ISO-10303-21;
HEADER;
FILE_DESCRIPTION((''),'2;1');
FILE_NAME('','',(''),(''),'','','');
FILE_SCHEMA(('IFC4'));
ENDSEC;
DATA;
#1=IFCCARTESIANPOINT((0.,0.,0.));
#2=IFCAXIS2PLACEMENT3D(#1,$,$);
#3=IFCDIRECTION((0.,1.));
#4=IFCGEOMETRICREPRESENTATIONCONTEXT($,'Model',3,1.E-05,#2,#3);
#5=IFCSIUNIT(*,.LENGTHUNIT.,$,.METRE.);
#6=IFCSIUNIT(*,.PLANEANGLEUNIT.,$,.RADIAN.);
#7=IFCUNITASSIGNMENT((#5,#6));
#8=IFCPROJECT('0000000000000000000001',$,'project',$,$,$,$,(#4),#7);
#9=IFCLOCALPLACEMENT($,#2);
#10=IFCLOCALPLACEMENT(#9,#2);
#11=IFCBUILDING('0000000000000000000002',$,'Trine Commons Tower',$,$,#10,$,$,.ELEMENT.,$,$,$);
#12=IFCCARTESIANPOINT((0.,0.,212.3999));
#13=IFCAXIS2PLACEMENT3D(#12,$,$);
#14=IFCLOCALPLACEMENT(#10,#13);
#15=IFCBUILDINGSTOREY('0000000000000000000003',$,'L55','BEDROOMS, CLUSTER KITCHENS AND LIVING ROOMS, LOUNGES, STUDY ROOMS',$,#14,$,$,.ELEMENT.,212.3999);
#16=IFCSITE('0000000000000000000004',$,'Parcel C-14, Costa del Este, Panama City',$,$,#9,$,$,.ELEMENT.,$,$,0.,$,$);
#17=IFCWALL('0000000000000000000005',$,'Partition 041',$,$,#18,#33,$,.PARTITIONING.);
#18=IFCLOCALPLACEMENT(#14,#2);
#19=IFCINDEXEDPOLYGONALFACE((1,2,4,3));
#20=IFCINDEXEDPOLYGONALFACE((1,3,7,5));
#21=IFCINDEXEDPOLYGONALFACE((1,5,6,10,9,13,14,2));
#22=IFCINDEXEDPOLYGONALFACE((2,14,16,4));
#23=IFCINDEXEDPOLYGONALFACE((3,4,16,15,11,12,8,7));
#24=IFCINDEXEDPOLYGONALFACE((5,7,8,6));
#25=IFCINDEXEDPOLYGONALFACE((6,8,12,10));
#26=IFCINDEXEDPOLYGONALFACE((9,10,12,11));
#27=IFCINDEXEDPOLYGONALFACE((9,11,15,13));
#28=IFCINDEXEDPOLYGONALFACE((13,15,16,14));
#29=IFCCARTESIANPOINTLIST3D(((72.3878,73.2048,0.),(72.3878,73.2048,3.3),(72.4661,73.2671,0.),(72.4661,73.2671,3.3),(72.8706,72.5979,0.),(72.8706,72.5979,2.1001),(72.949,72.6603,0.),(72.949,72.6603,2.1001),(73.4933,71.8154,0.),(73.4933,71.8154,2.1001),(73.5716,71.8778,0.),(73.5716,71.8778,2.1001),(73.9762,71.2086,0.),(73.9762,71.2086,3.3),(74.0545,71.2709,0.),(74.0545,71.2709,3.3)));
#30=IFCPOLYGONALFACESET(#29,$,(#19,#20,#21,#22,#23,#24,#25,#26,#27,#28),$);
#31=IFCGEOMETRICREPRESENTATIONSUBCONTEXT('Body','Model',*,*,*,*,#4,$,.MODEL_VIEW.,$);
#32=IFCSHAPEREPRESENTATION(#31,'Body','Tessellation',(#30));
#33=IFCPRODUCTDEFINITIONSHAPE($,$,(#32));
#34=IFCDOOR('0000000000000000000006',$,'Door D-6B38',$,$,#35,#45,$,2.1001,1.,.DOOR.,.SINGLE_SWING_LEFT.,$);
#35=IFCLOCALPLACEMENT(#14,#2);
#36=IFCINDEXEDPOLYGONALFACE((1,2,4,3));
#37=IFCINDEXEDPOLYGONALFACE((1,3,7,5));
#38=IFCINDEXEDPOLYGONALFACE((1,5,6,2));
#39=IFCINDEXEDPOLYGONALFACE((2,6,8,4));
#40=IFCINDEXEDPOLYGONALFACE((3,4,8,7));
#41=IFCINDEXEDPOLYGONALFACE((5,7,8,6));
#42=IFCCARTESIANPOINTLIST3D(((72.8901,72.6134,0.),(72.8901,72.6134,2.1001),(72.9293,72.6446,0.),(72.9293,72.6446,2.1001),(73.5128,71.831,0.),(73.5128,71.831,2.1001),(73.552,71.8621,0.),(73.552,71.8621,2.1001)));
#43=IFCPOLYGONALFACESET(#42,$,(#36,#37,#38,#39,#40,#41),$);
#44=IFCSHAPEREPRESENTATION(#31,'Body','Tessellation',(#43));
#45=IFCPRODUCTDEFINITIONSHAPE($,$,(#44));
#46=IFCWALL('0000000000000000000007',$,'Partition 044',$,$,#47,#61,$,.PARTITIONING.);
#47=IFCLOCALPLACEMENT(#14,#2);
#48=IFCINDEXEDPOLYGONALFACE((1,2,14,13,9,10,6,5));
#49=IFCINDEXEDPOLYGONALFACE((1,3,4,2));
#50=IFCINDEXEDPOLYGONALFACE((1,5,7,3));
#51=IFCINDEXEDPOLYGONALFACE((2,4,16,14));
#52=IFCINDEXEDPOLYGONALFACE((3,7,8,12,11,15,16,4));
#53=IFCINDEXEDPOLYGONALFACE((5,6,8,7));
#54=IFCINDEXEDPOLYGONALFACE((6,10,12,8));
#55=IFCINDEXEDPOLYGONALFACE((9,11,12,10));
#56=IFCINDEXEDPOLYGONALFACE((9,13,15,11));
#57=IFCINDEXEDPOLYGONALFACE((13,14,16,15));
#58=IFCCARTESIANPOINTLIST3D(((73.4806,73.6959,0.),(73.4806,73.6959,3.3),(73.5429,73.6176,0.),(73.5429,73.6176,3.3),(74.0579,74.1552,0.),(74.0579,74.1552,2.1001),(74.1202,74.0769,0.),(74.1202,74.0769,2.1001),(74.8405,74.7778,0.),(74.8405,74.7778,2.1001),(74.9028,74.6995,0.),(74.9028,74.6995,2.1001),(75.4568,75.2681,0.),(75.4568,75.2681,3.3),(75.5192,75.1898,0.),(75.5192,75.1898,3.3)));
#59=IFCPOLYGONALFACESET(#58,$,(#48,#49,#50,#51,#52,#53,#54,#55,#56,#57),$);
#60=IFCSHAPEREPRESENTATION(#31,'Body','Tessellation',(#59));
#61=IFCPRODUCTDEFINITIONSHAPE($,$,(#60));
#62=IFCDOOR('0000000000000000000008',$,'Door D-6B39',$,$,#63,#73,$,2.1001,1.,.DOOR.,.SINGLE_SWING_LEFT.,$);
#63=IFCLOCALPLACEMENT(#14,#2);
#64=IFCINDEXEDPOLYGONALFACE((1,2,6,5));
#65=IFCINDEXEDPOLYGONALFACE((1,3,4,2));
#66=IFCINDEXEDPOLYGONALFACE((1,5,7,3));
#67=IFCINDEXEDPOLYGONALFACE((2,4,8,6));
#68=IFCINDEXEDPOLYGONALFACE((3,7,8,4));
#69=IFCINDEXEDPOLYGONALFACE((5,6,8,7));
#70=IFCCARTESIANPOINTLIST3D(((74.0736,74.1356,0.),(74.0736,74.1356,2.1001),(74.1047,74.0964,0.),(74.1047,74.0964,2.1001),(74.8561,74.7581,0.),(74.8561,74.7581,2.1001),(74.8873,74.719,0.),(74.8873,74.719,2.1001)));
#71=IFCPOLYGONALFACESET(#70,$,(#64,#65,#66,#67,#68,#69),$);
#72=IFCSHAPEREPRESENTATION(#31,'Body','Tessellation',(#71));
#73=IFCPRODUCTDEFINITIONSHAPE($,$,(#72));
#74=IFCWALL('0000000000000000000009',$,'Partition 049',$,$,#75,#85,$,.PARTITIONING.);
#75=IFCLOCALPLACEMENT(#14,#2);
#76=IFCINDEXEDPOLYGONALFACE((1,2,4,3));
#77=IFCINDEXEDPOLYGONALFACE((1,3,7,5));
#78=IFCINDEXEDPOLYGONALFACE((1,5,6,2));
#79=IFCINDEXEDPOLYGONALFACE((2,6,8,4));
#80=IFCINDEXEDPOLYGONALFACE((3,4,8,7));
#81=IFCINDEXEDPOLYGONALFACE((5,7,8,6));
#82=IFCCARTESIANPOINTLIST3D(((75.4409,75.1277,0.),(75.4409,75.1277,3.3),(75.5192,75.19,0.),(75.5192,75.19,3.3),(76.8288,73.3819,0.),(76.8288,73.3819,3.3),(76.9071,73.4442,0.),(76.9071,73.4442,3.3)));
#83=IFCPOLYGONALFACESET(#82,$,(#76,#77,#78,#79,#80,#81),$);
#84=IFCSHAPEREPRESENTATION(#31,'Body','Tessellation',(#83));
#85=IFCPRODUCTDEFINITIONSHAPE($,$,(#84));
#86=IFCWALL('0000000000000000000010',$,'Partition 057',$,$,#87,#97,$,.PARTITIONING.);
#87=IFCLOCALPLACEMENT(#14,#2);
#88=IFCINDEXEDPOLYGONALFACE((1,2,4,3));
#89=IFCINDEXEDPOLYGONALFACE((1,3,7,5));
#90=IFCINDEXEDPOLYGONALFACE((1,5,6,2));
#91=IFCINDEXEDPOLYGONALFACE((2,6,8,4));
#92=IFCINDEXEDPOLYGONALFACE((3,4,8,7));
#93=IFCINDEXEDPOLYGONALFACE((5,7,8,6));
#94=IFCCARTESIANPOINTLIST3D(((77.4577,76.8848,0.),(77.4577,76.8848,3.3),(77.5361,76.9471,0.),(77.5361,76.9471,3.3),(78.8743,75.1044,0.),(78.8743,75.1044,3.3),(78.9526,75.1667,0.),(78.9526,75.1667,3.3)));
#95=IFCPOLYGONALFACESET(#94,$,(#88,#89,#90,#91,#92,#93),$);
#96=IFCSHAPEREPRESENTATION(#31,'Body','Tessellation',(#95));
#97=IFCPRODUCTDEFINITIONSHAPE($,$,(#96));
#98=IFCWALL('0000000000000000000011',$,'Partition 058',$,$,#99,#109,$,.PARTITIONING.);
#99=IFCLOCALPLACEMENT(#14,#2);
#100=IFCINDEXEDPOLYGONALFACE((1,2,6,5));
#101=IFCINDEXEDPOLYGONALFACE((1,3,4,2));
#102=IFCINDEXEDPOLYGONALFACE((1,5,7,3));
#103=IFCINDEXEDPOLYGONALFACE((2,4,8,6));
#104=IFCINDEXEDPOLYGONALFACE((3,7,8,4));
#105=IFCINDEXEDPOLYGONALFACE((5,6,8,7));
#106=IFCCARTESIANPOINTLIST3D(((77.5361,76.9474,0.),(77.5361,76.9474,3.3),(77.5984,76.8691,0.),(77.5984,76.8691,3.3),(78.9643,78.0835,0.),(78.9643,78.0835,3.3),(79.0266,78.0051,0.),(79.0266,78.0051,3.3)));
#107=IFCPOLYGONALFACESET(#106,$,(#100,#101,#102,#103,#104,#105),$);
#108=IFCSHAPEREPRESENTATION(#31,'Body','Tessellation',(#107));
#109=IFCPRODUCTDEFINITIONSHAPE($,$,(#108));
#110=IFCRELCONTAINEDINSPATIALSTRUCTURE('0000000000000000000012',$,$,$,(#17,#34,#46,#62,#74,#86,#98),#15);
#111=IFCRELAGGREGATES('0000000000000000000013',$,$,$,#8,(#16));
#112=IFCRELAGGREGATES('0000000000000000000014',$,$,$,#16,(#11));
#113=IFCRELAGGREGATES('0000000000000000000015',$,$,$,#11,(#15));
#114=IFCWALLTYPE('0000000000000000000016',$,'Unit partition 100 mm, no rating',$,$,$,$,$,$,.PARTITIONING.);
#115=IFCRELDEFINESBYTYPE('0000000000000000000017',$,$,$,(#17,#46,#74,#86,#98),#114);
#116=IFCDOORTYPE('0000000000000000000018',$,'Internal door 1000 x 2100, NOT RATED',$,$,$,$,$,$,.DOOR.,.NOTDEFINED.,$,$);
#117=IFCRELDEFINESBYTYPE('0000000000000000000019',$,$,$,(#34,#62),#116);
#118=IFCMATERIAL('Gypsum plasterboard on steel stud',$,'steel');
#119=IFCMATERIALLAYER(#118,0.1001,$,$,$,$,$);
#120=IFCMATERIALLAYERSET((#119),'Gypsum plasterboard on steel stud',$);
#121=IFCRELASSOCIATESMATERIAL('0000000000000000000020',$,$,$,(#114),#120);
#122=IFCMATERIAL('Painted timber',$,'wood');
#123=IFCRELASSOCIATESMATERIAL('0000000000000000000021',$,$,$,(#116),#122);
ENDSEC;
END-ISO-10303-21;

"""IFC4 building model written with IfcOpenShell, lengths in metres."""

from ifc_helpers import new_model, si_unit, direction, frame, frame_2d, origin, place, context, subcontext, project, spatial, rectangle, extrude, material, layer, layer_set, type_object, element, fill, save


model = new_model("IFC4")

# Units and contexts
model_context = context("Model", 3, precision=1e-05, world=origin(), true_north=direction((0.0, 1.0)))
body_context = subcontext(model_context, "Body", "Model", "MODEL_VIEW")
ifc_project = project(units=[si_unit("LENGTHUNIT", "METRE"), si_unit("PLANEANGLEUNIT", "RADIAN")], contexts=[model_context])

# Site, building, storey
site_placement = place(None, origin())
site = spatial("IfcSite", under=ifc_project, at=site_placement, Name="Parcel C-14, Costa del Este, Panama City", CompositionType="ELEMENT", RefElevation=0.0)
building_placement = place(site_placement, origin())
building = spatial("IfcBuilding", under=site, at=building_placement, Name="Trine Commons Tower", CompositionType="ELEMENT")
storey_placement = place(building_placement, frame((0.0, 0.0, 212.3999)))
storey = spatial("IfcBuildingStorey", under=building, at=storey_placement, Name="L55", Description="BEDROOMS, CLUSTER KITCHENS AND LIVING ROOMS, LOUNGES, STUDY ROOMS", CompositionType="ELEMENT", Elevation=212.3999)

# Shared definitions
ifc_material_1 = material(Name="Gypsum plasterboard on steel stud", Category="steel")

# Shared definitions
ifc_material_2 = material(Name="Painted timber", Category="wood")

# Walls, openings, doors
ifc_layer_1 = layer(ifc_material_1, 0.1001)
ifc_layer_set_1 = layer_set([ifc_layer_1], Name="Gypsum plasterboard on steel stud")
wall_type_1 = type_object("IfcWallType", Name="Unit partition 100 mm, no rating", PredefinedType="PARTITIONING", material=ifc_layer_set_1)
wall_1_placement = place(storey_placement, frame((72.427, 73.2358, 0.0), z_axis=(0.0, 0.0, 1.0), x_axis=(0.622662, -0.782491, 0.0)))
wall_1 = element("IfcWall", 1, at=wall_1_placement, inside=storey, type_object=wall_type_1, Name="Partition 041", PredefinedType="PARTITIONING", context=body_context, shape_type="SweptSolid", body=[
    extrude(rectangle(XDim=2.551, YDim=0.1001, at=frame_2d((1.2754, 0.0))), origin(), (0.0, 0.0, 1.0), 3.3),
])
opening_1_placement = place(wall_1_placement, frame((0.7754, 0.0, 0.0)))
opening_1 = element("IfcOpeningElement", 2, at=opening_1_placement, cuts=wall_1, PredefinedType="OPENING", context=body_context, shape_type="SweptSolid", body=[
    extrude(rectangle(XDim=1.0, YDim=2.1001, at=frame_2d((0.5, 1.05))), frame((0.0, 0.0601, 0.0), z_axis=(0.0, -1.0, 0.0), x_axis=(1.0, 0.0, 0.0)), (0.0, 0.0, 1.0), 0.1201),
])
door_type_1 = type_object("IfcDoorType", Name="Internal door 1000 x 2100, NOT RATED", OperationType="NOTDEFINED", PredefinedType="DOOR", material=ifc_material_2)
door_1_placement = place(opening_1_placement, origin())
door_1 = element("IfcDoor", 3, at=door_1_placement, inside=storey, type_object=door_type_1, Name="Door D-6B38", OperationType="SINGLE_SWING_LEFT", OverallHeight=2.1001, OverallWidth=1.0, PredefinedType="DOOR", context=body_context, shape_type="SweptSolid", body=[
    extrude(rectangle(XDim=1.0, YDim=2.1001, at=frame_2d((0.5, 1.05))), frame((0.0, 0.0249, 0.0), z_axis=(0.0, -1.0, 0.0), x_axis=(1.0, 0.0, 0.0)), (0.0, 0.0, 1.0), 0.05),
])
fill(opening_1, door_1)
wall_2_placement = place(storey_placement, frame((73.5117, 73.6567, 0.0), z_axis=(0.0, 0.0, 1.0), x_axis=(0.782564, 0.622571, 0.0)))
wall_2 = element("IfcWall", 4, at=wall_2_placement, inside=storey, type_object=wall_type_1, Name="Partition 044", PredefinedType="PARTITIONING", context=body_context, shape_type="SweptSolid", body=[
    extrude(rectangle(XDim=2.5254, YDim=0.1001, at=frame_2d((1.2627, 0.0))), origin(), (0.0, 0.0, 1.0), 3.3),
])
opening_2_placement = place(wall_2_placement, frame((0.7378, 0.0, 0.0)))
opening_2 = element("IfcOpeningElement", 5, at=opening_2_placement, cuts=wall_2, PredefinedType="OPENING", context=body_context, shape_type="SweptSolid", body=[
    extrude(rectangle(XDim=1.0, YDim=2.1001, at=frame_2d((0.5, 1.05))), frame((0.0, 0.0601, 0.0), z_axis=(0.0, -1.0, 0.0), x_axis=(1.0, 0.0, 0.0)), (0.0, 0.0, 1.0), 0.1201),
])
door_2_placement = place(opening_2_placement, origin())
door_2 = element("IfcDoor", 6, at=door_2_placement, inside=storey, type_object=door_type_1, Name="Door D-6B39", OperationType="SINGLE_SWING_LEFT", OverallHeight=2.1001, OverallWidth=1.0, PredefinedType="DOOR", context=body_context, shape_type="SweptSolid", body=[
    extrude(rectangle(XDim=1.0, YDim=2.1001, at=frame_2d((0.5, 1.05))), frame((0.0, 0.0249, 0.0), z_axis=(0.0, -1.0, 0.0), x_axis=(1.0, 0.0, 0.0)), (0.0, 0.0, 1.0), 0.05),
])
fill(opening_2, door_2)

# Walls
wall_3_placement = place(storey_placement, frame((75.48, 75.1589, 0.0), z_axis=(0.0, 0.0, 1.0), x_axis=(0.622303, -0.782777, 0.0)))
element("IfcWall", 7, at=wall_3_placement, inside=storey, type_object=wall_type_1, Name="Partition 049", PredefinedType="PARTITIONING", context=body_context, shape_type="SweptSolid", body=[
    extrude(rectangle(XDim=2.2302, YDim=0.1001, at=frame_2d((1.1152, 0.0))), origin(), (0.0, 0.0, 1.0), 3.3),
])
wall_4_placement = place(storey_placement, frame((77.4968, 76.916, 0.0), z_axis=(0.0, 0.0, 1.0), x_axis=(0.622625, -0.78252, 0.0)))
element("IfcWall", 8, at=wall_4_placement, inside=storey, type_object=wall_type_1, Name="Partition 057", PredefinedType="PARTITIONING", context=body_context, shape_type="SweptSolid", body=[
    extrude(rectangle(XDim=2.2751, YDim=0.1001, at=frame_2d((1.1377, 0.0))), origin(), (0.0, 0.0, 1.0), 3.3),
])
wall_5_placement = place(storey_placement, frame((77.5671, 76.9082, 0.0), z_axis=(0.0, 0.0, 1.0), x_axis=(0.782628, 0.62249, 0.0)))
element("IfcWall", 9, at=wall_5_placement, inside=storey, type_object=wall_type_1, Name="Partition 058", PredefinedType="PARTITIONING", context=body_context, shape_type="SweptSolid", body=[
    extrude(rectangle(XDim=1.825, YDim=0.1001, at=frame_2d((0.9126, 0.0))), origin(), (0.0, 0.0, 1.0), 3.3),
])

save(model, "model.ifc")
